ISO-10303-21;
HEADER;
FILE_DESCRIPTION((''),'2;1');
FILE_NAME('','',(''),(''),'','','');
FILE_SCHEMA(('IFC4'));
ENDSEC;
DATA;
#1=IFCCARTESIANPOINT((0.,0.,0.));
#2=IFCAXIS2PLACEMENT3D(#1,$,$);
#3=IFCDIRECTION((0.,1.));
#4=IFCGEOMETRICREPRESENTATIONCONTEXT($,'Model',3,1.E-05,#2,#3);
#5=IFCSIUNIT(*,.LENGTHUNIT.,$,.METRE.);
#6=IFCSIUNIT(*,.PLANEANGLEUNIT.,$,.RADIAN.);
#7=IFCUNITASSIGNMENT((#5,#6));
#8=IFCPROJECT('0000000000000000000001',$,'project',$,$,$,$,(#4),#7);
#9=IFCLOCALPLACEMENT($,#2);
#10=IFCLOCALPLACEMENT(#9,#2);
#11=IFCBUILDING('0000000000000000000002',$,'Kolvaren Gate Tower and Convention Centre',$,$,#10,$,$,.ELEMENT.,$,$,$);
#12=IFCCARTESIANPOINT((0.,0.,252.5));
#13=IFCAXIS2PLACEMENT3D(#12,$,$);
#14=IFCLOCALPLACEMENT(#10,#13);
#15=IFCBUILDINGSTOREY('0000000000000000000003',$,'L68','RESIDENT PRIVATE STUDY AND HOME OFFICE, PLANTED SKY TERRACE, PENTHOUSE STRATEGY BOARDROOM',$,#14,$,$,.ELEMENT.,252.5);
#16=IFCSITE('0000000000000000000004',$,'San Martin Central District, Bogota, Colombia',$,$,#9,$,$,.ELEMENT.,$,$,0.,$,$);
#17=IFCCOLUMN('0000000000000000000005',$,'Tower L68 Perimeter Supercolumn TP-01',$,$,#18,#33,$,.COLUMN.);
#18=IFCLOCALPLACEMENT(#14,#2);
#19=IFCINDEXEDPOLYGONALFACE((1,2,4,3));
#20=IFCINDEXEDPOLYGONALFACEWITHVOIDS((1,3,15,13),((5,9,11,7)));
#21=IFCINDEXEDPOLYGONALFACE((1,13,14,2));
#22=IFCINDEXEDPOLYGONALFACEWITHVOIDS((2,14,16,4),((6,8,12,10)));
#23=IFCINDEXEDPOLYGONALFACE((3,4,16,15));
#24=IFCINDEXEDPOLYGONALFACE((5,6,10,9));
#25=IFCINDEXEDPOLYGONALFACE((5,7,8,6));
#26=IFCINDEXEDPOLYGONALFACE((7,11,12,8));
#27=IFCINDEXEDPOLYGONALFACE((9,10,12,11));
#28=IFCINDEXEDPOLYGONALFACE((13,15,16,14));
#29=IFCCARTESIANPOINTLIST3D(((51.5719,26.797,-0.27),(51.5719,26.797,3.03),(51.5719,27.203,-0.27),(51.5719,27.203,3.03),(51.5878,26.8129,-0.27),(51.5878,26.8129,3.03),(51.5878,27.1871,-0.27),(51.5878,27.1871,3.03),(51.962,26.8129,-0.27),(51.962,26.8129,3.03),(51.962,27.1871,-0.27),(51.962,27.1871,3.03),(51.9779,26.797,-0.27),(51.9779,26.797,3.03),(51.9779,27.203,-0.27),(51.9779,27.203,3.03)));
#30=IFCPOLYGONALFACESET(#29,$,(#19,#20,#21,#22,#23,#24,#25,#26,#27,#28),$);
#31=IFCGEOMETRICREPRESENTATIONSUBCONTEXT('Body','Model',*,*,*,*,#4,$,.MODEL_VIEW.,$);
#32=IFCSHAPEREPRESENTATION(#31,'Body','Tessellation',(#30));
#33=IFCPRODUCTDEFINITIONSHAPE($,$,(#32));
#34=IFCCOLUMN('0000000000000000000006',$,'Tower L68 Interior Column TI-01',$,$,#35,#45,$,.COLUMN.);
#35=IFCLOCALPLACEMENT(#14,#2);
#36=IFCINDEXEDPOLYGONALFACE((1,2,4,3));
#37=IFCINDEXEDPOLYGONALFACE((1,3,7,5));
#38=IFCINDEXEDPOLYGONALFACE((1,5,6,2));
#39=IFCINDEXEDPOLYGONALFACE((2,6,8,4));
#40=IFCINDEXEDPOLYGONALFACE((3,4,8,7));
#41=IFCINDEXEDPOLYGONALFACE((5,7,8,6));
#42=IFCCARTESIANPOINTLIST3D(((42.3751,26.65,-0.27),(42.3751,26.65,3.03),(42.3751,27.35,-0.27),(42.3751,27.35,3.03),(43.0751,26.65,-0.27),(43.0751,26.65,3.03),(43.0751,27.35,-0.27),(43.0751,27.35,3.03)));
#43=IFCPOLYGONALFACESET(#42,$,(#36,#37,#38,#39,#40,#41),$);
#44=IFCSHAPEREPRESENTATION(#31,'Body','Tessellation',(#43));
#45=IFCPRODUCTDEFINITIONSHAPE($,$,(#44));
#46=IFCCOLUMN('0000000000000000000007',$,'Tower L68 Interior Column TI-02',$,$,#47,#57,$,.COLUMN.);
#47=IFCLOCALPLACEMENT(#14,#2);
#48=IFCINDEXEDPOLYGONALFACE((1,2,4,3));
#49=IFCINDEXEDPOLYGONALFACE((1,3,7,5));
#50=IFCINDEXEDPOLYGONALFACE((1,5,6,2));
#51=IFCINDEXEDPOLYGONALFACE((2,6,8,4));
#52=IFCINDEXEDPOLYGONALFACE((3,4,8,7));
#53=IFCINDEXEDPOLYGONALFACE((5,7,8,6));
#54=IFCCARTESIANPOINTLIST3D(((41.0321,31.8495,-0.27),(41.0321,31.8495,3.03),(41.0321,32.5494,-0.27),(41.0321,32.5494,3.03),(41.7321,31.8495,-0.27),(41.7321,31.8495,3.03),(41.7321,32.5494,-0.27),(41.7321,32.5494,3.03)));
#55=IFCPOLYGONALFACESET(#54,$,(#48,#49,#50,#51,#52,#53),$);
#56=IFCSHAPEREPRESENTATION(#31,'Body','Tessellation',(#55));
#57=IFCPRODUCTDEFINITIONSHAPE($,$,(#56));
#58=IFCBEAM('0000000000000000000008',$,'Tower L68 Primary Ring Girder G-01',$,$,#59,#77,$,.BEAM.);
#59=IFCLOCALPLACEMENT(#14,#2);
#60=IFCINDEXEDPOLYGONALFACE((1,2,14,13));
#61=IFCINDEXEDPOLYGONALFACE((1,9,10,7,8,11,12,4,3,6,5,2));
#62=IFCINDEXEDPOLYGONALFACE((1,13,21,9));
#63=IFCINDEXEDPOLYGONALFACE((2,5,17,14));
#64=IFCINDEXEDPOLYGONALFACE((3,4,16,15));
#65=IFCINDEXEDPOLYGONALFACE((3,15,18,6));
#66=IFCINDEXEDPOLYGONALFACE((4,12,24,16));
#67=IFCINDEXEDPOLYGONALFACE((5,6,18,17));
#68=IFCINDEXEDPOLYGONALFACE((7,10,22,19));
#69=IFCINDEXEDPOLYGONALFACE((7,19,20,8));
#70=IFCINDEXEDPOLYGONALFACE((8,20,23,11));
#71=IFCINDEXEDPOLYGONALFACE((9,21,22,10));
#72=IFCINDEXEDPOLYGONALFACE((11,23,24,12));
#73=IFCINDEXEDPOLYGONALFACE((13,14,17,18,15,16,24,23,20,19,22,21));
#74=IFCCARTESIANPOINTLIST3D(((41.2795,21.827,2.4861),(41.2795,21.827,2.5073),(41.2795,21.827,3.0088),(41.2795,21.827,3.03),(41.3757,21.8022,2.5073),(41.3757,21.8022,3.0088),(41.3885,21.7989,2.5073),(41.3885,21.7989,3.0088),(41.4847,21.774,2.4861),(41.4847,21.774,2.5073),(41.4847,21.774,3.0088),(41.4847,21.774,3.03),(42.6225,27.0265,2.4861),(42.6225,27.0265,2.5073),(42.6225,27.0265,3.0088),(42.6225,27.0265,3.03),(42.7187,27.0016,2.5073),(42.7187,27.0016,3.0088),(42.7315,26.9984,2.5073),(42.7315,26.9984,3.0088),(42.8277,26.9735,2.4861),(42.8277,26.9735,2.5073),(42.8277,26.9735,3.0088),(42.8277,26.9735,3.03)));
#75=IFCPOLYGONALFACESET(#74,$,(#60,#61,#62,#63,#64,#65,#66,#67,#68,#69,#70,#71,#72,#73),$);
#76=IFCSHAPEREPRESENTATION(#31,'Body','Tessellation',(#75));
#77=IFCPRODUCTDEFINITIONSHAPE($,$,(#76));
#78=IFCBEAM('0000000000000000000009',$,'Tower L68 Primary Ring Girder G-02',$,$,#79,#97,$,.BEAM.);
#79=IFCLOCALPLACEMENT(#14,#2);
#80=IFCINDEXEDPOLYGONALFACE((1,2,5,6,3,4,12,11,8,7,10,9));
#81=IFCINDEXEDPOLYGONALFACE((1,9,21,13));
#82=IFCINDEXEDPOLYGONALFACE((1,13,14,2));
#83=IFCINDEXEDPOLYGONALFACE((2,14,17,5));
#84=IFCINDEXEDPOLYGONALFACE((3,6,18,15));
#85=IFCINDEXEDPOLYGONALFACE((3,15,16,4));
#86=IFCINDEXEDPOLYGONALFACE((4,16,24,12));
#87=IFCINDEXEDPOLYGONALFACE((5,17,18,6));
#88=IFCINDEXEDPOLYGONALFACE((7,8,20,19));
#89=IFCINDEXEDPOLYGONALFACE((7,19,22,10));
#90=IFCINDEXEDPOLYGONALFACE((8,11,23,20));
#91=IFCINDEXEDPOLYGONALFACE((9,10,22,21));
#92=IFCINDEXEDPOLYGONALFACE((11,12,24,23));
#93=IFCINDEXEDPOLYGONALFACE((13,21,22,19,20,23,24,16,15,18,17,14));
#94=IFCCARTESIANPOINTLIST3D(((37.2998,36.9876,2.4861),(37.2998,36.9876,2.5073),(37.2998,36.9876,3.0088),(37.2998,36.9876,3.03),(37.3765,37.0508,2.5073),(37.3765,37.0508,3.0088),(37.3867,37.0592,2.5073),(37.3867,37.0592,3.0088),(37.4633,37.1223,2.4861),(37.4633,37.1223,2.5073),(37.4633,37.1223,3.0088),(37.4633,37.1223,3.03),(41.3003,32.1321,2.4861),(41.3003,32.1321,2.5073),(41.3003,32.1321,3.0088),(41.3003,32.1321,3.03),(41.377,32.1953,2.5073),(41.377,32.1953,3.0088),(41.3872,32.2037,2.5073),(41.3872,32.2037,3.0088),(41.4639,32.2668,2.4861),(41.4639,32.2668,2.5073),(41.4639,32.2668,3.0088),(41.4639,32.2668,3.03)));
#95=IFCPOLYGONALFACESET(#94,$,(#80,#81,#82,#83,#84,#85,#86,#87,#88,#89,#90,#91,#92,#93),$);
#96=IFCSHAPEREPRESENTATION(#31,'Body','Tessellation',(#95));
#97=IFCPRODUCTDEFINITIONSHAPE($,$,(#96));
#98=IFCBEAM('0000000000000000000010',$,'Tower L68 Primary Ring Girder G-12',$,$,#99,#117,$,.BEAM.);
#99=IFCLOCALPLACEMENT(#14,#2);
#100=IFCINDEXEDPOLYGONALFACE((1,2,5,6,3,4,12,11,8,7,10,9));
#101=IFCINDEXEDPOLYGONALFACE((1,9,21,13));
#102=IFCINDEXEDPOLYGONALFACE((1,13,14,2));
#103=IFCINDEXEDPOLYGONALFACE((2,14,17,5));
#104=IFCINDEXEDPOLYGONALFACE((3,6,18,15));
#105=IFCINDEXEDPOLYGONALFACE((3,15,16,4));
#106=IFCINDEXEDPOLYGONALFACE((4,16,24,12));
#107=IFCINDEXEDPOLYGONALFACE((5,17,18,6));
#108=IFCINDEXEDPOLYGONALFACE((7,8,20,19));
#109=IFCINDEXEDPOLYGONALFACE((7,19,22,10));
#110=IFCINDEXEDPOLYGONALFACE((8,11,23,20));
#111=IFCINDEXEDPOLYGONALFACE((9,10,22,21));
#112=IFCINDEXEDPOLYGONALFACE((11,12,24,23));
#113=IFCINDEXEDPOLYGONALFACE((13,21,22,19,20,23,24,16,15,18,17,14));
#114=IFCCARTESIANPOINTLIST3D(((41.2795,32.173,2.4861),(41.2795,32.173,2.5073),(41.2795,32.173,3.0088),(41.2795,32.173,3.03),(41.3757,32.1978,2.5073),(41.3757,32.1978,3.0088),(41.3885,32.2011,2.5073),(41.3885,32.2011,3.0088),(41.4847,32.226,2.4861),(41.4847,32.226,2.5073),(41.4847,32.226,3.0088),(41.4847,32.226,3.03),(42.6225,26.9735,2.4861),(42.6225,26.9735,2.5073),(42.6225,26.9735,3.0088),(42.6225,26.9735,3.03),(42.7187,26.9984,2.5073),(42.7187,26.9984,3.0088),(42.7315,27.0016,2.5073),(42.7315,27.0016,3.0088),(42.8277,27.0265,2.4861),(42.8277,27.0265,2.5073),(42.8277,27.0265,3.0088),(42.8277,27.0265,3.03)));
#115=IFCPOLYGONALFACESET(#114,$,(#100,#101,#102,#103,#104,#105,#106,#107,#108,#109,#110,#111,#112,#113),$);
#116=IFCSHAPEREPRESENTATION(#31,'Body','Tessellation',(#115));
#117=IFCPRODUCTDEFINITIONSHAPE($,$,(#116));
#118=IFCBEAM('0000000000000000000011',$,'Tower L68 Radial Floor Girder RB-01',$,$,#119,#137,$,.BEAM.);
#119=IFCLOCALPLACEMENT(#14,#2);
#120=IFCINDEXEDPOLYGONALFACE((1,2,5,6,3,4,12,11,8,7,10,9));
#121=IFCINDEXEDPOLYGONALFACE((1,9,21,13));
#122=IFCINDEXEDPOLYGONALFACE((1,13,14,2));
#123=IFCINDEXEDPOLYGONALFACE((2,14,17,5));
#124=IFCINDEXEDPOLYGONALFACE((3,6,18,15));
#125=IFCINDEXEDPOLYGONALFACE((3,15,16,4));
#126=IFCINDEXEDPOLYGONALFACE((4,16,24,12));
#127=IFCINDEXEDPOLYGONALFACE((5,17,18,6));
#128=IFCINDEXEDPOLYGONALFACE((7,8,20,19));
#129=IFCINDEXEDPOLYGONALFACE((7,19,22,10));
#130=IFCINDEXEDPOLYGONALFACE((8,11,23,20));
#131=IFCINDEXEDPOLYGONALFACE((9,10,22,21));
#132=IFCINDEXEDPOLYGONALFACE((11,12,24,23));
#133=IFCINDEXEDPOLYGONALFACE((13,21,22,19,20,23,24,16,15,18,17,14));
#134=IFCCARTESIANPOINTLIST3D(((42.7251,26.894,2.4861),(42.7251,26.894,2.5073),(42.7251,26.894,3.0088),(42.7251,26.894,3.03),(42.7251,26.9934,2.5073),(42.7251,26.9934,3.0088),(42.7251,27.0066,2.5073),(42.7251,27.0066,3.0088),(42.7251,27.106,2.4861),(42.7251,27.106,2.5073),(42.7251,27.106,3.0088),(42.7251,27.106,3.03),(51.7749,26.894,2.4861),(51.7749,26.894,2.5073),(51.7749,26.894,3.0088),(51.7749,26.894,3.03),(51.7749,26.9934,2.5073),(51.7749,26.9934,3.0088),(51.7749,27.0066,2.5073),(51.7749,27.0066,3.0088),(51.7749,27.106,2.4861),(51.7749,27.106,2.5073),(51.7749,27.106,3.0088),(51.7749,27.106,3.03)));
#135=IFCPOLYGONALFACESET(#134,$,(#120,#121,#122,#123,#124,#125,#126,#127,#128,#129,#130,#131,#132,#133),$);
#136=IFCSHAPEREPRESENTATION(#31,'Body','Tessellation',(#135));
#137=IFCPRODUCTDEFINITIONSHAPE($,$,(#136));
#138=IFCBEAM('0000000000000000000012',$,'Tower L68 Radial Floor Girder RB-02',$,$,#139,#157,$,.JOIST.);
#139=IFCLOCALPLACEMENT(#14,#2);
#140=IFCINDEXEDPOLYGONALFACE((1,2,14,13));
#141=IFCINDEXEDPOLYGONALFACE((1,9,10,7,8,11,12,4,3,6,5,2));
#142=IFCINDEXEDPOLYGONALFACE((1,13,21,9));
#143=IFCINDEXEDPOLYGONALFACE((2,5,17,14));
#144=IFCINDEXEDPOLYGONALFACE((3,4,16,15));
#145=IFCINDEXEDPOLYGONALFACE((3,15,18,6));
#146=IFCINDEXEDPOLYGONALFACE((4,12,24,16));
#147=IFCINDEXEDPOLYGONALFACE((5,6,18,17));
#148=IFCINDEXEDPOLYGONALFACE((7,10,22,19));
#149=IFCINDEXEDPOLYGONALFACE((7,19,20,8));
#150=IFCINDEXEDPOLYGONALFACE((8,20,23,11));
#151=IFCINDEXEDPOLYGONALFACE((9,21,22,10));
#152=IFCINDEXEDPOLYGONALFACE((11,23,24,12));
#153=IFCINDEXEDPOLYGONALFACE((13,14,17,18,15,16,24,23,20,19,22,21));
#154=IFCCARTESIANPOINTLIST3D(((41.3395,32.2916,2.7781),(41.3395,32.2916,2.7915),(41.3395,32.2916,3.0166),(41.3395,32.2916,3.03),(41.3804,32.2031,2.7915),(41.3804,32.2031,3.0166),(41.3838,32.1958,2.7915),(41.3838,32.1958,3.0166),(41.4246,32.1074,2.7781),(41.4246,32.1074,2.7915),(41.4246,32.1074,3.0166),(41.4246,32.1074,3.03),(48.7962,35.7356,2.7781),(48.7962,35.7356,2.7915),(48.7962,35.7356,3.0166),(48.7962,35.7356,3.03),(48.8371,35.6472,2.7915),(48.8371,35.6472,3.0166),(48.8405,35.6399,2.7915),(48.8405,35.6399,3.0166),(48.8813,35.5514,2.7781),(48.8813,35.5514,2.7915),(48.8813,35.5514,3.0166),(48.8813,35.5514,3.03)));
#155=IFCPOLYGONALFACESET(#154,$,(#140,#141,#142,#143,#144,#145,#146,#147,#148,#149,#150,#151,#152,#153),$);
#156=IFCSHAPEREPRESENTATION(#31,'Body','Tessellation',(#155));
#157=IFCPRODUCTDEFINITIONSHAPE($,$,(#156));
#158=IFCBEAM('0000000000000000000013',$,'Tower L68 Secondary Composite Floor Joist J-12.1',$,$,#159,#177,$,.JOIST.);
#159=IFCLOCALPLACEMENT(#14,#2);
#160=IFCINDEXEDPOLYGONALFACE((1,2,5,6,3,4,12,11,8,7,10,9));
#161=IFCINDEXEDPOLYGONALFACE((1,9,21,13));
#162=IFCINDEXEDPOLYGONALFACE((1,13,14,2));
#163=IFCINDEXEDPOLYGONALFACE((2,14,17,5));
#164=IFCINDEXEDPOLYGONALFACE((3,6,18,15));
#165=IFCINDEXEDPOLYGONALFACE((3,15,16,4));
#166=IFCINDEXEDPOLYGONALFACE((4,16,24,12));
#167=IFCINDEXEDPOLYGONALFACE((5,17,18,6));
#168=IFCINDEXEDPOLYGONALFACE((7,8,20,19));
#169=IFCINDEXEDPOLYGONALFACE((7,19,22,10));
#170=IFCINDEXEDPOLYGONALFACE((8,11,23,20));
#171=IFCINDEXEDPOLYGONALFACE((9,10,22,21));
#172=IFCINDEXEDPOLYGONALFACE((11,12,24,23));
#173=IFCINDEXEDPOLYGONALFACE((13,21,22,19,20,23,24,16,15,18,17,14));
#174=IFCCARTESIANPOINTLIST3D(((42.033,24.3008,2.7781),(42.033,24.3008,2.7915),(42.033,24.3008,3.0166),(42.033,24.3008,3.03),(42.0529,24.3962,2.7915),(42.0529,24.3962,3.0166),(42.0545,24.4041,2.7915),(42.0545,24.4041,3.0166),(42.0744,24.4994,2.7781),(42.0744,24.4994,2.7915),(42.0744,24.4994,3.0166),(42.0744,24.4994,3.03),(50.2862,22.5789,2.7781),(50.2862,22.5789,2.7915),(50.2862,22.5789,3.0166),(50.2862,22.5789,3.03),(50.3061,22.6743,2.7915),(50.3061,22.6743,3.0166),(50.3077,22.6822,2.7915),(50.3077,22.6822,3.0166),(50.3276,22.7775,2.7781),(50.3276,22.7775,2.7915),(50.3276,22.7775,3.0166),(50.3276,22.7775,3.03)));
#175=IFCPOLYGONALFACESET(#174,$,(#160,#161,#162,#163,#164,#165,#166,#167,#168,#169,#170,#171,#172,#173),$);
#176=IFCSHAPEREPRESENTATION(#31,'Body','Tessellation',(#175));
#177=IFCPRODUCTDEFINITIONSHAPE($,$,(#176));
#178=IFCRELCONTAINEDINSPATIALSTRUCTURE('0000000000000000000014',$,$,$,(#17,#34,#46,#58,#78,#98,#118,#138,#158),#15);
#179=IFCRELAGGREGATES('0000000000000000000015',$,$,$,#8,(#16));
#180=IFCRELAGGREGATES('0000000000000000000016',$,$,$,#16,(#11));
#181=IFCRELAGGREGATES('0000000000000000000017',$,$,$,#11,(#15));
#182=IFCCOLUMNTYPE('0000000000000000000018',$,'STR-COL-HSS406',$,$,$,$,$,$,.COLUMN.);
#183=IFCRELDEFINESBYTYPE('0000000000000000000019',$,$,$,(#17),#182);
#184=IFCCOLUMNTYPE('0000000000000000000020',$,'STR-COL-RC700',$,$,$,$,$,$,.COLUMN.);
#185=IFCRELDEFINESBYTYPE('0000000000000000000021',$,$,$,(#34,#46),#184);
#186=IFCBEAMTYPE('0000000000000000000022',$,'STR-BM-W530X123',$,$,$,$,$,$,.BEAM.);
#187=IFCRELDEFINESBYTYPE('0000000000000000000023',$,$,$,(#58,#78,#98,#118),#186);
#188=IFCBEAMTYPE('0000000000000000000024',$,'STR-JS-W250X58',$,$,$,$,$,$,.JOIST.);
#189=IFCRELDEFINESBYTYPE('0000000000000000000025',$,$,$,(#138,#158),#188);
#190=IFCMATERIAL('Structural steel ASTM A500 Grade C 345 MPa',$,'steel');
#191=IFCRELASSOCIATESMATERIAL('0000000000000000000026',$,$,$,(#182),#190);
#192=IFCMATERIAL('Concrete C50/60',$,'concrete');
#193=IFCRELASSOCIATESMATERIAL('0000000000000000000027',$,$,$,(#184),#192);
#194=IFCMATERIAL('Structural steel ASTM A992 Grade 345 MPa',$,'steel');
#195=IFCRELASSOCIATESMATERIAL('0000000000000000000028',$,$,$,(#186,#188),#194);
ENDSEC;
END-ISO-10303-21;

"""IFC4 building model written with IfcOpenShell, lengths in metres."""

from ifc_helpers import new_model, si_unit, direction, frame, origin, origin_2d, place, context, subcontext, project, spatial, rectangle, hollow_rectangle, i_section, extrude, material, material_profile, profile_set, type_object, element, save


model = new_model("IFC4")

# Units and contexts
model_context = context("Model", 3, precision=1e-05, world=origin(), true_north=direction((0.0, 1.0)))
body_context = subcontext(model_context, "Body", "Model", "MODEL_VIEW")
ifc_project = project(units=[si_unit("LENGTHUNIT", "METRE"), si_unit("PLANEANGLEUNIT", "RADIAN")], contexts=[model_context])

# Site, building, storey
site_placement = place(None, origin())
site = spatial("IfcSite", under=ifc_project, at=site_placement, Name="San Martin Central District, Bogota, Colombia", CompositionType="ELEMENT", RefElevation=0.0)
building_placement = place(site_placement, origin())
building = spatial("IfcBuilding", under=site, at=building_placement, Name="Kolvaren Gate Tower and Convention Centre", CompositionType="ELEMENT")
storey_placement = place(building_placement, frame((0.0, 0.0, 252.5)))
storey = spatial("IfcBuildingStorey", under=building, at=storey_placement, Name="L68", Description="RESIDENT PRIVATE STUDY AND HOME OFFICE, PLANTED SKY TERRACE, PENTHOUSE STRATEGY BOARDROOM", CompositionType="ELEMENT", Elevation=252.5)

# Columns
ifc_material_1 = material(Name="Structural steel ASTM A500 Grade C 345 MPa", Category="steel")
ifc_material_profile_1 = material_profile(ifc_material_1, hollow_rectangle(XDim=0.406, YDim=0.406, WallThickness=0.0159, at=origin_2d()), Name="HSS406X406X15.9")
ifc_profile_set_1 = profile_set([ifc_material_profile_1], Name="Structural steel ASTM A500 Grade C 345 MPa")
column_type_1 = type_object("IfcColumnType", Name="STR-COL-HSS406", PredefinedType="COLUMN", material=ifc_profile_set_1)
column_placement = place(storey_placement, frame((51.7749, 27.0, -0.27), z_axis=(0.0, 0.0, 1.0), x_axis=(1.0, 0.0, 0.0)))
element("IfcColumn", 1, at=column_placement, inside=storey, type_object=column_type_1, Name="Tower L68 Perimeter Supercolumn TP-01", PredefinedType="COLUMN", context=body_context, shape_type="SweptSolid", body=[
    extrude(hollow_rectangle(XDim=0.406, YDim=0.406, WallThickness=0.0159, at=origin_2d()), origin(), (0.0, 0.0, 1.0), 3.3),
])
ifc_material_2 = material(Name="Concrete C50/60", Category="concrete")
ifc_material_profile_2 = material_profile(ifc_material_2, rectangle(XDim=0.7, YDim=0.7, at=origin_2d()), Name="RC-COL-700X700")
ifc_profile_set_2 = profile_set([ifc_material_profile_2], Name="Concrete C50/60")
column_type_2 = type_object("IfcColumnType", Name="STR-COL-RC700", PredefinedType="COLUMN", material=ifc_profile_set_2)
for number, where, z_axis, x_axis, name in (
    (2, (42.7251, 27.0, -0.27), (0.0, 0.0, 1.0), (1.0, 0.0, 0.0), "Tower L68 Interior Column TI-01"),
    (3, (41.3821, 32.1995, -0.27), (0.0, 0.0, 1.0), (1.0, 0.0, 0.0), "Tower L68 Interior Column TI-02"),
):
    element("IfcColumn", number, at=place(storey_placement, frame(where, z_axis=z_axis, x_axis=x_axis)), inside=storey, type_object=column_type_2, Name=name, PredefinedType="COLUMN", context=body_context, shape_type="SweptSolid", body=[
        extrude(rectangle(XDim=0.7, YDim=0.7, at=origin_2d()), origin(), (0.0, 0.0, 1.0), 3.3),
    ])

# Beams
ifc_material_3 = material(Name="Structural steel ASTM A992 Grade 345 MPa", Category="steel")
ifc_material_profile_3 = material_profile(ifc_material_3, i_section(OverallWidth=0.2119, OverallDepth=0.5439, WebThickness=0.0132, FlangeThickness=0.0212, at=origin_2d()), Name="W530X123")
ifc_profile_set_3 = profile_set([ifc_material_profile_3], Name="Structural steel ASTM A992 Grade 345 MPa")
beam_type_1 = type_object("IfcBeamType", Name="STR-BM-W530X123", PredefinedType="BEAM", material=ifc_profile_set_3)
beam_1_placement = place(storey_placement, frame((42.7251, 27.0, 2.7581), z_axis=(-0.250091, -0.968222, 0.0), x_axis=(0.968222, -0.250091, 0.0)))
element("IfcBeam", 4, at=beam_1_placement, inside=storey, type_object=beam_type_1, Name="Tower L68 Primary Ring Girder G-01", PredefinedType="BEAM", context=body_context, shape_type="SweptSolid", body=[
    extrude(i_section(OverallWidth=0.2119, OverallDepth=0.5439, WebThickness=0.0132, FlangeThickness=0.0212, at=origin_2d()), origin(), (0.0, 0.0, 1.0), 5.3701),
])
beam_2_placement = place(storey_placement, frame((41.3821, 32.1995, 2.7581), z_axis=(-0.635884, 0.771785, 0.0), x_axis=(-0.771785, -0.635884, 0.0)))
element("IfcBeam", 5, at=beam_2_placement, inside=storey, type_object=beam_type_1, Name="Tower L68 Primary Ring Girder G-02", PredefinedType="BEAM", context=body_context, shape_type="SweptSolid", body=[
    extrude(i_section(OverallWidth=0.2119, OverallDepth=0.5439, WebThickness=0.0132, FlangeThickness=0.0212, at=origin_2d()), origin(), (0.0, 0.0, 1.0), 6.2913),
])
beam_3_placement = place(storey_placement, frame((42.7251, 27.0, 2.7581), z_axis=(-0.250091, 0.968222, 0.0), x_axis=(-0.968222, -0.250091, 0.0)))
element("IfcBeam", 6, at=beam_3_placement, inside=storey, type_object=beam_type_1, Name="Tower L68 Primary Ring Girder G-12", PredefinedType="BEAM", context=body_context, shape_type="SweptSolid", body=[
    extrude(i_section(OverallWidth=0.2119, OverallDepth=0.5439, WebThickness=0.0132, FlangeThickness=0.0212, at=origin_2d()), origin(), (0.0, 0.0, 1.0), 5.3701),
])
beam_4_placement = place(storey_placement, frame((42.7251, 27.0, 2.7581), z_axis=(1.0, 0.0, 0.0), x_axis=(0.0, 1.0, 0.0)))
element("IfcBeam", 7, at=beam_4_placement, inside=storey, type_object=beam_type_1, Name="Tower L68 Radial Floor Girder RB-01", PredefinedType="BEAM", context=body_context, shape_type="SweptSolid", body=[
    extrude(i_section(OverallWidth=0.2119, OverallDepth=0.5439, WebThickness=0.0132, FlangeThickness=0.0212, at=origin_2d()), origin(), (0.0, 0.0, 1.0), 9.0498),
])
ifc_material_profile_4 = material_profile(ifc_material_3, i_section(OverallWidth=0.2029, OverallDepth=0.252, WebThickness=0.0081, FlangeThickness=0.0134, at=origin_2d()), Name="W250X58")
ifc_profile_set_4 = profile_set([ifc_material_profile_4], Name="Structural steel ASTM A992 Grade 345 MPa")
beam_type_2 = type_object("IfcBeamType", Name="STR-JS-W250X58", PredefinedType="JOIST", material=ifc_profile_set_4)
beam_5_placement = place(storey_placement, frame((41.3821, 32.1995, 2.9041), z_axis=(0.907844, 0.419309, 0.0), x_axis=(-0.419309, 0.907844, 0.0)))
element("IfcBeam", 8, at=beam_5_placement, inside=storey, type_object=beam_type_2, Name="Tower L68 Radial Floor Girder RB-02", PredefinedType="JOIST", context=body_context, shape_type="SweptSolid", body=[
    extrude(i_section(OverallWidth=0.2029, OverallDepth=0.252, WebThickness=0.0081, FlangeThickness=0.0134, at=origin_2d()), origin(), (0.0, 0.0, 1.0), 8.2136),
])
beam_6_placement = place(storey_placement, frame((42.0537, 24.4001, 2.9041), z_axis=(0.978921, -0.20424, 0.0), x_axis=(0.20424, 0.978921, 0.0)))
element("IfcBeam", 9, at=beam_6_placement, inside=storey, type_object=beam_type_2, Name="Tower L68 Secondary Composite Floor Joist J-12.1", PredefinedType="JOIST", context=body_context, shape_type="SweptSolid", body=[
    extrude(i_section(OverallWidth=0.2029, OverallDepth=0.252, WebThickness=0.0081, FlangeThickness=0.0134, at=origin_2d()), origin(), (0.0, 0.0, 1.0), 8.4309),
])

save(model, "model.ifc")
